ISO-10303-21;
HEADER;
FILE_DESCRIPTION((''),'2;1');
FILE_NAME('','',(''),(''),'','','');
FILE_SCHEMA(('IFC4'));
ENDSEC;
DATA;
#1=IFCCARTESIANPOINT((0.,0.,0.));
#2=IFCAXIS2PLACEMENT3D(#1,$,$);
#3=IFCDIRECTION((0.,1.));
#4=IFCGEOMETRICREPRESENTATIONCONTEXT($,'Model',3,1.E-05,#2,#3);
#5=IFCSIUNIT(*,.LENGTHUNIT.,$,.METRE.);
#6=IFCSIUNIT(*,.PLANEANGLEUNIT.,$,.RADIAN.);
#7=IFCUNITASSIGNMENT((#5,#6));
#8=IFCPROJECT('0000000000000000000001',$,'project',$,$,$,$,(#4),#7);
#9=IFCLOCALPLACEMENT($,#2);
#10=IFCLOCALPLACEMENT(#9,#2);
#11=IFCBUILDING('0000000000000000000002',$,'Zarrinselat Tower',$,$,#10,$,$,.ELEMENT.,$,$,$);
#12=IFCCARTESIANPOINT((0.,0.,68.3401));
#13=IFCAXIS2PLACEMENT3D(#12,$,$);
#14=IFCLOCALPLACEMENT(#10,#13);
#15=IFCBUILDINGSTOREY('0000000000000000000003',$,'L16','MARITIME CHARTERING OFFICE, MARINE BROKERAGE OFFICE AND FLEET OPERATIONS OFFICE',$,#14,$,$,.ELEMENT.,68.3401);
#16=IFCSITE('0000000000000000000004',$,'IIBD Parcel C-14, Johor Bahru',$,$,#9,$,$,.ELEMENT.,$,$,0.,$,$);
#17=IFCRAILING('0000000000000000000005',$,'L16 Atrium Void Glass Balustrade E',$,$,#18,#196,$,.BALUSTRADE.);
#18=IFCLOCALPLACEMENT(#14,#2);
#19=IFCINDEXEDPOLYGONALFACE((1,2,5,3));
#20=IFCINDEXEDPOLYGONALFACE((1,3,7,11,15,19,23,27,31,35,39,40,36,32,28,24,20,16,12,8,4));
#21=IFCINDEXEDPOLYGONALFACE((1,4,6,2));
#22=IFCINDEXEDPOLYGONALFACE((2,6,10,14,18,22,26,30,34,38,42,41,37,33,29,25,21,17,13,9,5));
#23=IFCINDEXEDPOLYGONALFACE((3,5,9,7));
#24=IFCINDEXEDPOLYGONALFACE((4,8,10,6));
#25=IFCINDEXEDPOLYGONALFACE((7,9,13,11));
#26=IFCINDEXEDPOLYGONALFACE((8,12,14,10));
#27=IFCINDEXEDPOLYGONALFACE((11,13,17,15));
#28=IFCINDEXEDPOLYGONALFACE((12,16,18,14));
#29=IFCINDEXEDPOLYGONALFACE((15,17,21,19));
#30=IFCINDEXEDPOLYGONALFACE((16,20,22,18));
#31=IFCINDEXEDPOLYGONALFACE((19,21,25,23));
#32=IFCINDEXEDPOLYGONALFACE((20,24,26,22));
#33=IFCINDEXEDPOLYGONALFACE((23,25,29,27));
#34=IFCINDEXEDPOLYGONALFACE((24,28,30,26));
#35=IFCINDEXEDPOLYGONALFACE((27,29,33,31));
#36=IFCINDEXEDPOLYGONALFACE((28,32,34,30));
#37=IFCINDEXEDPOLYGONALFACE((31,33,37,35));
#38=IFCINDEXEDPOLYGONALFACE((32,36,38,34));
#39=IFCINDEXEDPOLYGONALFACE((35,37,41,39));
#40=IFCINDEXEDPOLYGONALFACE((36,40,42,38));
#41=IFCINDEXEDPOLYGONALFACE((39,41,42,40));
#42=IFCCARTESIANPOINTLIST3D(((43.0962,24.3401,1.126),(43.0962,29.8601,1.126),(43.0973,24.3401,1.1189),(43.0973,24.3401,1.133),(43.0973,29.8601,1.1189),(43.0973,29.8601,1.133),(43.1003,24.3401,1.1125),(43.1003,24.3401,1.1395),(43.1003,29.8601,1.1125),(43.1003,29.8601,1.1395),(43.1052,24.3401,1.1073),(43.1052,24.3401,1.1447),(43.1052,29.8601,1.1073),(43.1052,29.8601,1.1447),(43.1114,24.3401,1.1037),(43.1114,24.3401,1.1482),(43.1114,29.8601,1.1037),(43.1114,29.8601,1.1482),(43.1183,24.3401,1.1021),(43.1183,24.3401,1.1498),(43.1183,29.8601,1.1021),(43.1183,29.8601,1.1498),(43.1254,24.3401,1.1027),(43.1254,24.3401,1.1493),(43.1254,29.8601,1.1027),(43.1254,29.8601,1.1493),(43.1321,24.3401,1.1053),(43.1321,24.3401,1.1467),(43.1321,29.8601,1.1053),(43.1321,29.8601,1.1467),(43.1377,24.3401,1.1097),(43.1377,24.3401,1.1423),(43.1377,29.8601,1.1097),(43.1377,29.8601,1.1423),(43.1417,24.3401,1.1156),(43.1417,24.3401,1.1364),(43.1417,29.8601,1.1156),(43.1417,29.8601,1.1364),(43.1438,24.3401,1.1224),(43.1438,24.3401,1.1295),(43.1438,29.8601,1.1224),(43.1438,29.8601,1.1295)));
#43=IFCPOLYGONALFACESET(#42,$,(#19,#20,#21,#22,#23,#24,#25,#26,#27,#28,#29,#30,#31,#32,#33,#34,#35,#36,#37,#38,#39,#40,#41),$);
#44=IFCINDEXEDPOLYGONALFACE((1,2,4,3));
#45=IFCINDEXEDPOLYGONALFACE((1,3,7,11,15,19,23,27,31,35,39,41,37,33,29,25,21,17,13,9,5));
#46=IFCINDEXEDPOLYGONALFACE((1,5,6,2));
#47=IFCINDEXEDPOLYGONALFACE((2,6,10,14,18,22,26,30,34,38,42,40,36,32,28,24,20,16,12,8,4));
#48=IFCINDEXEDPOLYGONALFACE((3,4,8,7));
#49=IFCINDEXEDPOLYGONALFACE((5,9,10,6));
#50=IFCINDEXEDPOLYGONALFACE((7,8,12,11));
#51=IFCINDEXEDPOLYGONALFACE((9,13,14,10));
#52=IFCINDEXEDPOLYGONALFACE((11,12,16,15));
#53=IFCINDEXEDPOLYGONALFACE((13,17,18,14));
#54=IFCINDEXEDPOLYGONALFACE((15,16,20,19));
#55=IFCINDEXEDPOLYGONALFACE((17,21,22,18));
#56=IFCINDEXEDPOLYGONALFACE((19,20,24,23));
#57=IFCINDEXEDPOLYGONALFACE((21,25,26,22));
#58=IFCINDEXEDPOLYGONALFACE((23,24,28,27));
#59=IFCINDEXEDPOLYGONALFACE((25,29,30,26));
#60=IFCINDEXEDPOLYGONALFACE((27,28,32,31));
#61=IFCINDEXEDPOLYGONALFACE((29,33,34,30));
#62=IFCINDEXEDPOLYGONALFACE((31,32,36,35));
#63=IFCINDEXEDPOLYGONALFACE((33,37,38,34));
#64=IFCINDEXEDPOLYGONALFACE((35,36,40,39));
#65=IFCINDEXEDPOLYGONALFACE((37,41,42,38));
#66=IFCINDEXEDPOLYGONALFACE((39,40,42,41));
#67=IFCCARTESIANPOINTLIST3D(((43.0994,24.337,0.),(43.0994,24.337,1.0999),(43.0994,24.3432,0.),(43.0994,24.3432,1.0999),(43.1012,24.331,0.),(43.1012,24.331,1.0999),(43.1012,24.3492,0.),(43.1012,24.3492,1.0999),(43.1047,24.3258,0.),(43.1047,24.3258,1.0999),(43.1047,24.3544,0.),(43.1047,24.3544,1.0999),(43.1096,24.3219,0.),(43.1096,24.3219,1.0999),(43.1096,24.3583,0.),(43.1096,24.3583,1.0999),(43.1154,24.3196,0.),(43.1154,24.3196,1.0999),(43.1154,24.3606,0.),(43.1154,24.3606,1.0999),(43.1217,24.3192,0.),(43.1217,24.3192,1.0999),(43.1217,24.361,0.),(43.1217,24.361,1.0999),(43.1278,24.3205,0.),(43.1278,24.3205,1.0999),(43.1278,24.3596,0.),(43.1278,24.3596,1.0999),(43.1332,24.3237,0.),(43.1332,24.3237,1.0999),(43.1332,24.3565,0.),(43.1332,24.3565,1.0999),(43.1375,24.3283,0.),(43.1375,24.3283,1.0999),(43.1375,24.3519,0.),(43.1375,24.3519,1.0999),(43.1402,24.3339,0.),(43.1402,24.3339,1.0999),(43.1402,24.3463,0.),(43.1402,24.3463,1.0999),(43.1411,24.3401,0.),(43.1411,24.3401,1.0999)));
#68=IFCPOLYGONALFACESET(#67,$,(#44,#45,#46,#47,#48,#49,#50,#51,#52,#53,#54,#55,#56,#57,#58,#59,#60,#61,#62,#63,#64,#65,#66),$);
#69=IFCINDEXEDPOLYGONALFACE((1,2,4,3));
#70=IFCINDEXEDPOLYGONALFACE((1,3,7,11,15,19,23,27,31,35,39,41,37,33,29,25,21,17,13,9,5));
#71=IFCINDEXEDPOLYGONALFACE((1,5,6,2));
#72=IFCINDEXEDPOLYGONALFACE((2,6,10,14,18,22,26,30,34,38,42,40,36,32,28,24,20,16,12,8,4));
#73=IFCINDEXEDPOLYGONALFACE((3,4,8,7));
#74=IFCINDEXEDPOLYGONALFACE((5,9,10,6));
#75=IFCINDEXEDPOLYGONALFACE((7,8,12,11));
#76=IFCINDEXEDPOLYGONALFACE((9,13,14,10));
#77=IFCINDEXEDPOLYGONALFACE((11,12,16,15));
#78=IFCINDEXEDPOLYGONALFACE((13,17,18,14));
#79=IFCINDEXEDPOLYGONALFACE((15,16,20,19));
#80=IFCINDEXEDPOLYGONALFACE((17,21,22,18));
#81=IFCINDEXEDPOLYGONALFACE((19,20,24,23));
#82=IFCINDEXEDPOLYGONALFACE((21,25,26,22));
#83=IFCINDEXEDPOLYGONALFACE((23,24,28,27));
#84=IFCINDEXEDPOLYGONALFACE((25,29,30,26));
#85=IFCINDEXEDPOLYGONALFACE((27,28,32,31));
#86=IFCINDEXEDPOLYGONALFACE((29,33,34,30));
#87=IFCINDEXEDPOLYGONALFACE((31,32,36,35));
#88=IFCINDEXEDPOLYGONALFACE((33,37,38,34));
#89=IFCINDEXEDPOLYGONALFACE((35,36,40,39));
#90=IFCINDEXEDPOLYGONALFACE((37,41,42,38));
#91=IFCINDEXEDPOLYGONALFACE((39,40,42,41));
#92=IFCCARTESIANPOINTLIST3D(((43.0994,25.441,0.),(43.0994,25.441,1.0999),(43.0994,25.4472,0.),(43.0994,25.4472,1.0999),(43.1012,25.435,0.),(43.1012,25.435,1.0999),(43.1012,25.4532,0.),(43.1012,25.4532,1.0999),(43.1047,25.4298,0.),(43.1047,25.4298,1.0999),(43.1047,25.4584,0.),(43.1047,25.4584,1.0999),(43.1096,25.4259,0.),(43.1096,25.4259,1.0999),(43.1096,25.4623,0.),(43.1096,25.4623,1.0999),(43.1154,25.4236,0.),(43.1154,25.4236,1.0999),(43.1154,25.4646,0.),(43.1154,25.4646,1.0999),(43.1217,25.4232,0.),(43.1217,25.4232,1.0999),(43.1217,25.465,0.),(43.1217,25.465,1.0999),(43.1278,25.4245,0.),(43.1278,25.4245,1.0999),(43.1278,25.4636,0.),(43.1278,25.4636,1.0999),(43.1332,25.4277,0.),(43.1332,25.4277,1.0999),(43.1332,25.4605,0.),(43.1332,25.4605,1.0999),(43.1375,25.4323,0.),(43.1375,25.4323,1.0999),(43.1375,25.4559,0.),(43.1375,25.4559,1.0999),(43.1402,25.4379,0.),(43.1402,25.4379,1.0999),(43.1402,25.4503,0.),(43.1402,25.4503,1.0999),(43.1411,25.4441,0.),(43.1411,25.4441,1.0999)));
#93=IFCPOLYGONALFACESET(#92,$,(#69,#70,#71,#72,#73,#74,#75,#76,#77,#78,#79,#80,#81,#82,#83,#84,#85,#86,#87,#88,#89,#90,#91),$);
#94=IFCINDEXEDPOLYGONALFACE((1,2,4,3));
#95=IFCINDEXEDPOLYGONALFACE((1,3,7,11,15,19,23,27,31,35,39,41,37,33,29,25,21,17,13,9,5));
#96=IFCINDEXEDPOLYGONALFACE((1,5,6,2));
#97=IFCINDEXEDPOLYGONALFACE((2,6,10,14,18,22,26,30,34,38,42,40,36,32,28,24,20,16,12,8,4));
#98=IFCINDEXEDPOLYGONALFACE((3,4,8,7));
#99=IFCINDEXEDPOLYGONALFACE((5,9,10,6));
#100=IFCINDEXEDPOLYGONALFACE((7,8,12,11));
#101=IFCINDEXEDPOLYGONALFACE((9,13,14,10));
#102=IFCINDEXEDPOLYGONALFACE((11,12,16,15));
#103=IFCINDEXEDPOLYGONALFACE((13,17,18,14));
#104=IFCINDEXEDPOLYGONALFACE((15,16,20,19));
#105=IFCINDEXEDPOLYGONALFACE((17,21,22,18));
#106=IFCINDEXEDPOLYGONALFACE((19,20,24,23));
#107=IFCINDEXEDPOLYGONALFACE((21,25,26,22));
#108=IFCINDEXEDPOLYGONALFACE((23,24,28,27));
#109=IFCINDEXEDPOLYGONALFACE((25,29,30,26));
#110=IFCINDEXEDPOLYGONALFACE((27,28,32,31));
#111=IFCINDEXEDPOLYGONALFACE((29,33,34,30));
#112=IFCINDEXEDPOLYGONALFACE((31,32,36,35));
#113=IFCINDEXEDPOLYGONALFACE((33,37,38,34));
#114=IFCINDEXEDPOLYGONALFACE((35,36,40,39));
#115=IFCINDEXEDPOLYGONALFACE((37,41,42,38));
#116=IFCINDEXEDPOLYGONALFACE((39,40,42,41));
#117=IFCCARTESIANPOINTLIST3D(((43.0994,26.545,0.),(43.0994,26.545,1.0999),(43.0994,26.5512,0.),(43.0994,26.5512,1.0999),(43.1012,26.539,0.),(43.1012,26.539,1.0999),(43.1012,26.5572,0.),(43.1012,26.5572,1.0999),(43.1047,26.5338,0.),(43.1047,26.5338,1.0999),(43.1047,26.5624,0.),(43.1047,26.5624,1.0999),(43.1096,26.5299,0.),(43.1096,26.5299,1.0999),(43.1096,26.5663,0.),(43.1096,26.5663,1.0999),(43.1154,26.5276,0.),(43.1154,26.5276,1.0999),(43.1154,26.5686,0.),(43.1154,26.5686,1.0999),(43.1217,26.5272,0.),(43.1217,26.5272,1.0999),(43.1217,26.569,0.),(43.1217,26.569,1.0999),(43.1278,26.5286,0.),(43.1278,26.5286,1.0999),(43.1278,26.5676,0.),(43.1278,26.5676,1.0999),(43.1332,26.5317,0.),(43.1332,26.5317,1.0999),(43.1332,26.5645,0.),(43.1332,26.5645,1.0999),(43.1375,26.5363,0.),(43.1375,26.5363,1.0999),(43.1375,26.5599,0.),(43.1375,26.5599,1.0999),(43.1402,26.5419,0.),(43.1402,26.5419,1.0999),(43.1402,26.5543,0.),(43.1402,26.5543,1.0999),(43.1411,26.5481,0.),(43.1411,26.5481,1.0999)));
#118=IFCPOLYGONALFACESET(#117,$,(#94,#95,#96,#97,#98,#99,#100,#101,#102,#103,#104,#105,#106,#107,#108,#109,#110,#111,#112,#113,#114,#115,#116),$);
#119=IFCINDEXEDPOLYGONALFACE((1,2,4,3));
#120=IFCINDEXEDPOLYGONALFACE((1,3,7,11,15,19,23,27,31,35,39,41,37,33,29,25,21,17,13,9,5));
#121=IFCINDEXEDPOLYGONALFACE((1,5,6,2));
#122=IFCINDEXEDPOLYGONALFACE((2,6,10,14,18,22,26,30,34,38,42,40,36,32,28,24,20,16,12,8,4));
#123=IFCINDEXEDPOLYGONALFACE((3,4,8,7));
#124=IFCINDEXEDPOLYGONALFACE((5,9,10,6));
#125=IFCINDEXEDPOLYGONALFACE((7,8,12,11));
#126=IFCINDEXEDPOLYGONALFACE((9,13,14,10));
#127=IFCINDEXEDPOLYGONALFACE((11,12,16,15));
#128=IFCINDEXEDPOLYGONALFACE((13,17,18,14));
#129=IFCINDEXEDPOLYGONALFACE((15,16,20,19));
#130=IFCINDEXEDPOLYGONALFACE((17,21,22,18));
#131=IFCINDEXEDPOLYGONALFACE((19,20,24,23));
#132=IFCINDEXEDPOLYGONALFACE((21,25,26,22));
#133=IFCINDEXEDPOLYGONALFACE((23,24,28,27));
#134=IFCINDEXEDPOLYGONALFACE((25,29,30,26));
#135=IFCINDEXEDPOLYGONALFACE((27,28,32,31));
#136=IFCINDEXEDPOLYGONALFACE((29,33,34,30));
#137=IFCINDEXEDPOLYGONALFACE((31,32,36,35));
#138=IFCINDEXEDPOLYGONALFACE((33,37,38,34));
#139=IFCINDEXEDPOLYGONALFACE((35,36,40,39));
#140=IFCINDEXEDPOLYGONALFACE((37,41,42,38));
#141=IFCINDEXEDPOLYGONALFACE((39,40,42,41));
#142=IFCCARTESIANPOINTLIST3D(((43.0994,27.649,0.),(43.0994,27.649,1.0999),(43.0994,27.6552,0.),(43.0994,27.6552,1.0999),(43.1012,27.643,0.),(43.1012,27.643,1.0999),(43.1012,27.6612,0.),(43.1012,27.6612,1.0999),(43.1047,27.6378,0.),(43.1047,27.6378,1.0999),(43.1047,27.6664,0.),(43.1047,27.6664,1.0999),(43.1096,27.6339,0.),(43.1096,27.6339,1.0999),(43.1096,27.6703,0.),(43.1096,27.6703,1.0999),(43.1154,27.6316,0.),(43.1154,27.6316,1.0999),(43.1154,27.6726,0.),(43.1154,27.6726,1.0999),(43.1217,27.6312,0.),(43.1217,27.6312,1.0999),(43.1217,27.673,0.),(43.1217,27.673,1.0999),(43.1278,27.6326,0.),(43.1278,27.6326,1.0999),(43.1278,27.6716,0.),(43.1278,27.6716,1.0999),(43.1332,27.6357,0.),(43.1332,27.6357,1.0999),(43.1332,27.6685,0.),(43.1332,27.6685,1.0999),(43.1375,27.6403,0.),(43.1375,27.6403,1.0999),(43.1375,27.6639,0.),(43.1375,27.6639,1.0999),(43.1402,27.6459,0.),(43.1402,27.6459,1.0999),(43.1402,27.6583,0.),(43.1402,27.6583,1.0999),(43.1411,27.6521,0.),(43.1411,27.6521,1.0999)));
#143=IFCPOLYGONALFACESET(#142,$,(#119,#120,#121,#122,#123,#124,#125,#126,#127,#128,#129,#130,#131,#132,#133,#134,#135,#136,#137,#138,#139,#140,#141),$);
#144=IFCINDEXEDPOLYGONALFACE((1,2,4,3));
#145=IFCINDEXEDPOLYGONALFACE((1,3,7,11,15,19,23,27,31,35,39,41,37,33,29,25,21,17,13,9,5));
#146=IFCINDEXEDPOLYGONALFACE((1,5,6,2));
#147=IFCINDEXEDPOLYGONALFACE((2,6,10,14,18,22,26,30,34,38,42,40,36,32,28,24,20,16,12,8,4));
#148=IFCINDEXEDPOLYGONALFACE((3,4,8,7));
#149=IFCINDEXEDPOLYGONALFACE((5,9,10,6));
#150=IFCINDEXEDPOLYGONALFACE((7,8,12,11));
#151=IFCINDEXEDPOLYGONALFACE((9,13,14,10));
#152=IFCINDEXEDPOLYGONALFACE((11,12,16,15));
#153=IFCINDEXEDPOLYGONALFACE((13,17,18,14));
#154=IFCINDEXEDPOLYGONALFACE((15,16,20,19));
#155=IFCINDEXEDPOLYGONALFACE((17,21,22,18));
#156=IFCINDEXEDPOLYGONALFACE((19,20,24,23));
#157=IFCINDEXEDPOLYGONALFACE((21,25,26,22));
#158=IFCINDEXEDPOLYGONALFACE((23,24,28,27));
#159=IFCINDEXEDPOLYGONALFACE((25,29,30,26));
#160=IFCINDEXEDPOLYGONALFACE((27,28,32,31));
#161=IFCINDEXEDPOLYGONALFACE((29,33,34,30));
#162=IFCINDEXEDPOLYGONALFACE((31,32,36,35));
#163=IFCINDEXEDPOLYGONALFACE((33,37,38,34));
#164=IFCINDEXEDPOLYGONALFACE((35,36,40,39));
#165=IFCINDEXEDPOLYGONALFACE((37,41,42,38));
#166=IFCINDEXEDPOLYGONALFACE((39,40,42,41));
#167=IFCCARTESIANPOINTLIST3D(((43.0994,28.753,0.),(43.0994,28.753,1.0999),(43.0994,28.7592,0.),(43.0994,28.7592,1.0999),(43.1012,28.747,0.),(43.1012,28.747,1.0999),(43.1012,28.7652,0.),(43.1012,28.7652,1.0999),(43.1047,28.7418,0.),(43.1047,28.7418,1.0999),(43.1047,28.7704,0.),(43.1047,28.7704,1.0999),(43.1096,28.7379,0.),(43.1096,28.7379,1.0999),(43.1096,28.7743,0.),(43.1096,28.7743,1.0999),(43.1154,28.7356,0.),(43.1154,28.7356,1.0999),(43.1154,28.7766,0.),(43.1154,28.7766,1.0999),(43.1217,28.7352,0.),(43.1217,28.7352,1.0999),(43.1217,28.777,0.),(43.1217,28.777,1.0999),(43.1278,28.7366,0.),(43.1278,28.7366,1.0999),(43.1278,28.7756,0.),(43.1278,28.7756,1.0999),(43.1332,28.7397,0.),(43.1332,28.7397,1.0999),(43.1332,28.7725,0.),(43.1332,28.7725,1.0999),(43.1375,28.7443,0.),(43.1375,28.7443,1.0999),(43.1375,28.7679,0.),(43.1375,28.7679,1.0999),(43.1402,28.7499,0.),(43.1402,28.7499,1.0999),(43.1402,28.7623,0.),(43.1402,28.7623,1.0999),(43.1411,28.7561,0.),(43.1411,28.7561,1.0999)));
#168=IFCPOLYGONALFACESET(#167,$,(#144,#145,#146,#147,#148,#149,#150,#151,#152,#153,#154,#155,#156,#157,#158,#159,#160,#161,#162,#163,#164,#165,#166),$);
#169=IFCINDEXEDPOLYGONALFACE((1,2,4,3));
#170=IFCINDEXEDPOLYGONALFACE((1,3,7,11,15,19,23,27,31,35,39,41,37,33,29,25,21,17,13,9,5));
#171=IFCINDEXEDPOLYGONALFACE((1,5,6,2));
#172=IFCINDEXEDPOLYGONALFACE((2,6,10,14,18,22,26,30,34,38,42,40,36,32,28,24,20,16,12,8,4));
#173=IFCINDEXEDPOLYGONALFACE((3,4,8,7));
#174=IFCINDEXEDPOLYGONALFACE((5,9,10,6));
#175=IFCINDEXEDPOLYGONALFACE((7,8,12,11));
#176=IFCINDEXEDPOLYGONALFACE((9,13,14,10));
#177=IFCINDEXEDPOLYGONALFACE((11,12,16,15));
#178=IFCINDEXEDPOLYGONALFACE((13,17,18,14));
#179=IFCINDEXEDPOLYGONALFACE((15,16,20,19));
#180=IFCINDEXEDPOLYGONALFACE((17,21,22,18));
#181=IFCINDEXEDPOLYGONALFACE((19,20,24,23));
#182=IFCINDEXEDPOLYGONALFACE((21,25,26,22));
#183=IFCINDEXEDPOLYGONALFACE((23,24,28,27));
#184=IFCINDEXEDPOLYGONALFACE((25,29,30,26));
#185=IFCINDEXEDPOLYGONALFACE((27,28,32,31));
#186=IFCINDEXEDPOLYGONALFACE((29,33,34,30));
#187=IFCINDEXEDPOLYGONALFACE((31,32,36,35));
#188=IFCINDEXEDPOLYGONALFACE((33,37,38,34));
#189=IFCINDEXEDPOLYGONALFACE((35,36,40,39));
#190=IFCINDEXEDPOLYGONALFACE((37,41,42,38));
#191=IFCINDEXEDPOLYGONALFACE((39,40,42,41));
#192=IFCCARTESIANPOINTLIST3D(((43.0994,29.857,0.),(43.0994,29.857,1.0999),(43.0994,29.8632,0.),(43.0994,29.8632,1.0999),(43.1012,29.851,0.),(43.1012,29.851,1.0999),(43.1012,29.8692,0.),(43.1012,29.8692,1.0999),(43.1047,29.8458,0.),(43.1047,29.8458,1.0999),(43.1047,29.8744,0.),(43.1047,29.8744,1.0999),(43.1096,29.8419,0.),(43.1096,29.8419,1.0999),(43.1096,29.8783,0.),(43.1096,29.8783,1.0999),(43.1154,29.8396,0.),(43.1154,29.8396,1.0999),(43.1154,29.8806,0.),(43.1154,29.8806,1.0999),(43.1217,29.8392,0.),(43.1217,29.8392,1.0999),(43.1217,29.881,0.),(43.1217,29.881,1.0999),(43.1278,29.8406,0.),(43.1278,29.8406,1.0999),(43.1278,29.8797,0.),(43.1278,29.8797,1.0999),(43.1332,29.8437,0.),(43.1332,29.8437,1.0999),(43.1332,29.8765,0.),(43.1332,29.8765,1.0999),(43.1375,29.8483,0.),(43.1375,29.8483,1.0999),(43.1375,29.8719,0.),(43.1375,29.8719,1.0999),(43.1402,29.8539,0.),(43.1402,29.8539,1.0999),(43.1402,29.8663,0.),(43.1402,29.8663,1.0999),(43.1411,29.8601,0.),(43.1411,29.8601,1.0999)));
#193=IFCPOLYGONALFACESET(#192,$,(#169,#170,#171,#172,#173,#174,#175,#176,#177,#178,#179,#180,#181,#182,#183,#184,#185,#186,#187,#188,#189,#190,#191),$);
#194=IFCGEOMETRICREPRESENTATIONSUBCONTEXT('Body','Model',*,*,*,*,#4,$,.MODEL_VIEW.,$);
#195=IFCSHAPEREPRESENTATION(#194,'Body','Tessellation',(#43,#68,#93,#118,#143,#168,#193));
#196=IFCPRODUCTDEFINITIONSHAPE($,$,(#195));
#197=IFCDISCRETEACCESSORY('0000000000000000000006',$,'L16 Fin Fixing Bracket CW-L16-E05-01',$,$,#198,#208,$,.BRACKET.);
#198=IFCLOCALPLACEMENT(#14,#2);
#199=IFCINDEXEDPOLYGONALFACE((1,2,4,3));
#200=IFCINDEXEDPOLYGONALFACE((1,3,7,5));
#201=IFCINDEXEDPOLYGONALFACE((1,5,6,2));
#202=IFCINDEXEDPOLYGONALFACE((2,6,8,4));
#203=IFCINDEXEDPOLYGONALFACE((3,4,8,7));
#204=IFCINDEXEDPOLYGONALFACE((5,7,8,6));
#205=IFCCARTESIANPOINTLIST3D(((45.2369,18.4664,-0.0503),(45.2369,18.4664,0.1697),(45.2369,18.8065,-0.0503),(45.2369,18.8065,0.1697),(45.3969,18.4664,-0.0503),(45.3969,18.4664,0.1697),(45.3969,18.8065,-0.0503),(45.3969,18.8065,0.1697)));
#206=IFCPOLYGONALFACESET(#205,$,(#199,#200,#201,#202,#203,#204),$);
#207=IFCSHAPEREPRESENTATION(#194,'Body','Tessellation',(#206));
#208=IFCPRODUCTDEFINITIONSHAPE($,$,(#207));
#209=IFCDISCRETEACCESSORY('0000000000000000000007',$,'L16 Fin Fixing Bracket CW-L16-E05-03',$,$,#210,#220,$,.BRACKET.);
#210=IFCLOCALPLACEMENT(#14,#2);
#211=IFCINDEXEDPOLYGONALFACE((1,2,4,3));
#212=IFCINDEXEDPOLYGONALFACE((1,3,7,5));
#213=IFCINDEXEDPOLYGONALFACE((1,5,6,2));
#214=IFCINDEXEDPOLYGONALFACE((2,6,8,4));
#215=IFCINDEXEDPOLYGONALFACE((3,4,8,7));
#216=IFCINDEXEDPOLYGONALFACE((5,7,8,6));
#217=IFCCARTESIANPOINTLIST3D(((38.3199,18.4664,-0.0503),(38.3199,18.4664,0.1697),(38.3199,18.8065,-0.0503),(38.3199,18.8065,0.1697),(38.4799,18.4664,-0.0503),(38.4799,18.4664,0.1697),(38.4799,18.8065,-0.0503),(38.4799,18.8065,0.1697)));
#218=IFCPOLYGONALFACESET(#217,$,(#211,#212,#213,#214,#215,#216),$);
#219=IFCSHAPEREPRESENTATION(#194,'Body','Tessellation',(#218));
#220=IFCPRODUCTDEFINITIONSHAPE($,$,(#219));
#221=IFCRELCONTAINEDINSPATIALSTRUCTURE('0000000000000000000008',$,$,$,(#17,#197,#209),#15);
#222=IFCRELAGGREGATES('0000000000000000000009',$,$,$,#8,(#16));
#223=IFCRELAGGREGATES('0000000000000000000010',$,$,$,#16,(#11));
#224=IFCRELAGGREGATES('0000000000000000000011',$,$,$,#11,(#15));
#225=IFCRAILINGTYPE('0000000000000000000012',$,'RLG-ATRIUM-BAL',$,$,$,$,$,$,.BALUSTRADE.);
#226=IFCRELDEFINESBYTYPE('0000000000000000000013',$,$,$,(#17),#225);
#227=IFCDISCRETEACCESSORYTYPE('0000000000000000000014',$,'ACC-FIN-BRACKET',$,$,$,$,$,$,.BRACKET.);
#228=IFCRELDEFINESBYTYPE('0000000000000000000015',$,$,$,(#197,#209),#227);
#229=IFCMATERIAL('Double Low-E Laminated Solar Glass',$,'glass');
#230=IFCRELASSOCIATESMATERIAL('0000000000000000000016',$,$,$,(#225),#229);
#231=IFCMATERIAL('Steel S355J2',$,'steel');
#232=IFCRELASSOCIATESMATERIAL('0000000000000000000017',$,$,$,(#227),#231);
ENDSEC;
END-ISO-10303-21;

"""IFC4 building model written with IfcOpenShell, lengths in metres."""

from ifc_helpers import new_model, si_unit, direction, frame, origin, origin_2d, place, context, subcontext, project, spatial, rectangle, circle, extrude, material, type_object, element, save


model = new_model("IFC4")

# Units and contexts
model_context = context("Model", 3, precision=1e-05, world=origin(), true_north=direction((0.0, 1.0)))
body_context = subcontext(model_context, "Body", "Model", "MODEL_VIEW")
ifc_project = project(units=[si_unit("LENGTHUNIT", "METRE"), si_unit("PLANEANGLEUNIT", "RADIAN")], contexts=[model_context])

# Site, building, storey
site_placement = place(None, origin())
site = spatial("IfcSite", under=ifc_project, at=site_placement, Name="IIBD Parcel C-14, Johor Bahru", CompositionType="ELEMENT", RefElevation=0.0)
building_placement = place(site_placement, origin())
building = spatial("IfcBuilding", under=site, at=building_placement, Name="Zarrinselat Tower", CompositionType="ELEMENT")
storey_placement = place(building_placement, frame((0.0, 0.0, 68.3401)))
storey = spatial("IfcBuildingStorey", under=building, at=storey_placement, Name="L16", Description="MARITIME CHARTERING OFFICE, MARINE BROKERAGE OFFICE AND FLEET OPERATIONS OFFICE", CompositionType="ELEMENT", Elevation=68.3401)

# Railing
ifc_material_1 = material(Name="Double Low-E Laminated Solar Glass", Category="glass")
railing_type = type_object("IfcRailingType", Name="RLG-ATRIUM-BAL", PredefinedType="BALUSTRADE", material=ifc_material_1)
railing_placement = place(storey_placement, frame((43.1201, 24.3401, 0.0)))
element("IfcRailing", 1, at=railing_placement, inside=storey, type_object=railing_type, Name="L16 Atrium Void Glass Balustrade E", PredefinedType="BALUSTRADE", context=body_context, shape_type="SweptSolid", body=[
    extrude(circle(Radius=0.0239, at=origin_2d()), frame((0.0, 0.0, 1.126), z_axis=(0.0, 1.0, 0.0), x_axis=(-1.0, 0.0, 0.0)), (0.0, 0.0, 1.0), 5.52),
    extrude(circle(Radius=0.021, at=origin_2d()), origin(), (0.0, 0.0, 1.0), 1.0999),
    extrude(circle(Radius=0.021, at=origin_2d()), frame((0.0, 1.104, 0.0)), (0.0, 0.0, 1.0), 1.0999),
    extrude(circle(Radius=0.021, at=origin_2d()), frame((0.0, 2.208, 0.0)), (0.0, 0.0, 1.0), 1.0999),
    extrude(circle(Radius=0.021, at=origin_2d()), frame((0.0, 3.312, 0.0)), (0.0, 0.0, 1.0), 1.0999),
    extrude(circle(Radius=0.021, at=origin_2d()), frame((0.0, 4.416, 0.0)), (0.0, 0.0, 1.0), 1.0999),
    extrude(circle(Radius=0.021, at=origin_2d()), frame((0.0, 5.52, 0.0)), (0.0, 0.0, 1.0), 1.0999),
])

# Discrete accessories
ifc_material_2 = material(Name="Steel S355J2", Category="steel")
discrete_accessory_type = type_object("IfcDiscreteAccessoryType", Name="ACC-FIN-BRACKET", PredefinedType="BRACKET", material=ifc_material_2)
for number, where, z_axis, x_axis, name in (
    (2, (45.3169, 18.6365, -0.0503), (0.0, 0.0, 1.0), (0.0, -1.0, 0.0), "L16 Fin Fixing Bracket CW-L16-E05-01"),
    (3, (38.3999, 18.6365, -0.0503), (0.0, 0.0, 1.0), (0.0, -1.0, 0.0), "L16 Fin Fixing Bracket CW-L16-E05-03"),
):
    element("IfcDiscreteAccessory", number, at=place(storey_placement, frame(where, z_axis=z_axis, x_axis=x_axis)), inside=storey, type_object=discrete_accessory_type, Name=name, PredefinedType="BRACKET", context=body_context, shape_type="SweptSolid", body=[
        extrude(rectangle(XDim=0.3401, YDim=0.1599, at=origin_2d()), origin(), (0.0, 0.0, 1.0), 0.22),
    ])

save(model, "model.ifc")
